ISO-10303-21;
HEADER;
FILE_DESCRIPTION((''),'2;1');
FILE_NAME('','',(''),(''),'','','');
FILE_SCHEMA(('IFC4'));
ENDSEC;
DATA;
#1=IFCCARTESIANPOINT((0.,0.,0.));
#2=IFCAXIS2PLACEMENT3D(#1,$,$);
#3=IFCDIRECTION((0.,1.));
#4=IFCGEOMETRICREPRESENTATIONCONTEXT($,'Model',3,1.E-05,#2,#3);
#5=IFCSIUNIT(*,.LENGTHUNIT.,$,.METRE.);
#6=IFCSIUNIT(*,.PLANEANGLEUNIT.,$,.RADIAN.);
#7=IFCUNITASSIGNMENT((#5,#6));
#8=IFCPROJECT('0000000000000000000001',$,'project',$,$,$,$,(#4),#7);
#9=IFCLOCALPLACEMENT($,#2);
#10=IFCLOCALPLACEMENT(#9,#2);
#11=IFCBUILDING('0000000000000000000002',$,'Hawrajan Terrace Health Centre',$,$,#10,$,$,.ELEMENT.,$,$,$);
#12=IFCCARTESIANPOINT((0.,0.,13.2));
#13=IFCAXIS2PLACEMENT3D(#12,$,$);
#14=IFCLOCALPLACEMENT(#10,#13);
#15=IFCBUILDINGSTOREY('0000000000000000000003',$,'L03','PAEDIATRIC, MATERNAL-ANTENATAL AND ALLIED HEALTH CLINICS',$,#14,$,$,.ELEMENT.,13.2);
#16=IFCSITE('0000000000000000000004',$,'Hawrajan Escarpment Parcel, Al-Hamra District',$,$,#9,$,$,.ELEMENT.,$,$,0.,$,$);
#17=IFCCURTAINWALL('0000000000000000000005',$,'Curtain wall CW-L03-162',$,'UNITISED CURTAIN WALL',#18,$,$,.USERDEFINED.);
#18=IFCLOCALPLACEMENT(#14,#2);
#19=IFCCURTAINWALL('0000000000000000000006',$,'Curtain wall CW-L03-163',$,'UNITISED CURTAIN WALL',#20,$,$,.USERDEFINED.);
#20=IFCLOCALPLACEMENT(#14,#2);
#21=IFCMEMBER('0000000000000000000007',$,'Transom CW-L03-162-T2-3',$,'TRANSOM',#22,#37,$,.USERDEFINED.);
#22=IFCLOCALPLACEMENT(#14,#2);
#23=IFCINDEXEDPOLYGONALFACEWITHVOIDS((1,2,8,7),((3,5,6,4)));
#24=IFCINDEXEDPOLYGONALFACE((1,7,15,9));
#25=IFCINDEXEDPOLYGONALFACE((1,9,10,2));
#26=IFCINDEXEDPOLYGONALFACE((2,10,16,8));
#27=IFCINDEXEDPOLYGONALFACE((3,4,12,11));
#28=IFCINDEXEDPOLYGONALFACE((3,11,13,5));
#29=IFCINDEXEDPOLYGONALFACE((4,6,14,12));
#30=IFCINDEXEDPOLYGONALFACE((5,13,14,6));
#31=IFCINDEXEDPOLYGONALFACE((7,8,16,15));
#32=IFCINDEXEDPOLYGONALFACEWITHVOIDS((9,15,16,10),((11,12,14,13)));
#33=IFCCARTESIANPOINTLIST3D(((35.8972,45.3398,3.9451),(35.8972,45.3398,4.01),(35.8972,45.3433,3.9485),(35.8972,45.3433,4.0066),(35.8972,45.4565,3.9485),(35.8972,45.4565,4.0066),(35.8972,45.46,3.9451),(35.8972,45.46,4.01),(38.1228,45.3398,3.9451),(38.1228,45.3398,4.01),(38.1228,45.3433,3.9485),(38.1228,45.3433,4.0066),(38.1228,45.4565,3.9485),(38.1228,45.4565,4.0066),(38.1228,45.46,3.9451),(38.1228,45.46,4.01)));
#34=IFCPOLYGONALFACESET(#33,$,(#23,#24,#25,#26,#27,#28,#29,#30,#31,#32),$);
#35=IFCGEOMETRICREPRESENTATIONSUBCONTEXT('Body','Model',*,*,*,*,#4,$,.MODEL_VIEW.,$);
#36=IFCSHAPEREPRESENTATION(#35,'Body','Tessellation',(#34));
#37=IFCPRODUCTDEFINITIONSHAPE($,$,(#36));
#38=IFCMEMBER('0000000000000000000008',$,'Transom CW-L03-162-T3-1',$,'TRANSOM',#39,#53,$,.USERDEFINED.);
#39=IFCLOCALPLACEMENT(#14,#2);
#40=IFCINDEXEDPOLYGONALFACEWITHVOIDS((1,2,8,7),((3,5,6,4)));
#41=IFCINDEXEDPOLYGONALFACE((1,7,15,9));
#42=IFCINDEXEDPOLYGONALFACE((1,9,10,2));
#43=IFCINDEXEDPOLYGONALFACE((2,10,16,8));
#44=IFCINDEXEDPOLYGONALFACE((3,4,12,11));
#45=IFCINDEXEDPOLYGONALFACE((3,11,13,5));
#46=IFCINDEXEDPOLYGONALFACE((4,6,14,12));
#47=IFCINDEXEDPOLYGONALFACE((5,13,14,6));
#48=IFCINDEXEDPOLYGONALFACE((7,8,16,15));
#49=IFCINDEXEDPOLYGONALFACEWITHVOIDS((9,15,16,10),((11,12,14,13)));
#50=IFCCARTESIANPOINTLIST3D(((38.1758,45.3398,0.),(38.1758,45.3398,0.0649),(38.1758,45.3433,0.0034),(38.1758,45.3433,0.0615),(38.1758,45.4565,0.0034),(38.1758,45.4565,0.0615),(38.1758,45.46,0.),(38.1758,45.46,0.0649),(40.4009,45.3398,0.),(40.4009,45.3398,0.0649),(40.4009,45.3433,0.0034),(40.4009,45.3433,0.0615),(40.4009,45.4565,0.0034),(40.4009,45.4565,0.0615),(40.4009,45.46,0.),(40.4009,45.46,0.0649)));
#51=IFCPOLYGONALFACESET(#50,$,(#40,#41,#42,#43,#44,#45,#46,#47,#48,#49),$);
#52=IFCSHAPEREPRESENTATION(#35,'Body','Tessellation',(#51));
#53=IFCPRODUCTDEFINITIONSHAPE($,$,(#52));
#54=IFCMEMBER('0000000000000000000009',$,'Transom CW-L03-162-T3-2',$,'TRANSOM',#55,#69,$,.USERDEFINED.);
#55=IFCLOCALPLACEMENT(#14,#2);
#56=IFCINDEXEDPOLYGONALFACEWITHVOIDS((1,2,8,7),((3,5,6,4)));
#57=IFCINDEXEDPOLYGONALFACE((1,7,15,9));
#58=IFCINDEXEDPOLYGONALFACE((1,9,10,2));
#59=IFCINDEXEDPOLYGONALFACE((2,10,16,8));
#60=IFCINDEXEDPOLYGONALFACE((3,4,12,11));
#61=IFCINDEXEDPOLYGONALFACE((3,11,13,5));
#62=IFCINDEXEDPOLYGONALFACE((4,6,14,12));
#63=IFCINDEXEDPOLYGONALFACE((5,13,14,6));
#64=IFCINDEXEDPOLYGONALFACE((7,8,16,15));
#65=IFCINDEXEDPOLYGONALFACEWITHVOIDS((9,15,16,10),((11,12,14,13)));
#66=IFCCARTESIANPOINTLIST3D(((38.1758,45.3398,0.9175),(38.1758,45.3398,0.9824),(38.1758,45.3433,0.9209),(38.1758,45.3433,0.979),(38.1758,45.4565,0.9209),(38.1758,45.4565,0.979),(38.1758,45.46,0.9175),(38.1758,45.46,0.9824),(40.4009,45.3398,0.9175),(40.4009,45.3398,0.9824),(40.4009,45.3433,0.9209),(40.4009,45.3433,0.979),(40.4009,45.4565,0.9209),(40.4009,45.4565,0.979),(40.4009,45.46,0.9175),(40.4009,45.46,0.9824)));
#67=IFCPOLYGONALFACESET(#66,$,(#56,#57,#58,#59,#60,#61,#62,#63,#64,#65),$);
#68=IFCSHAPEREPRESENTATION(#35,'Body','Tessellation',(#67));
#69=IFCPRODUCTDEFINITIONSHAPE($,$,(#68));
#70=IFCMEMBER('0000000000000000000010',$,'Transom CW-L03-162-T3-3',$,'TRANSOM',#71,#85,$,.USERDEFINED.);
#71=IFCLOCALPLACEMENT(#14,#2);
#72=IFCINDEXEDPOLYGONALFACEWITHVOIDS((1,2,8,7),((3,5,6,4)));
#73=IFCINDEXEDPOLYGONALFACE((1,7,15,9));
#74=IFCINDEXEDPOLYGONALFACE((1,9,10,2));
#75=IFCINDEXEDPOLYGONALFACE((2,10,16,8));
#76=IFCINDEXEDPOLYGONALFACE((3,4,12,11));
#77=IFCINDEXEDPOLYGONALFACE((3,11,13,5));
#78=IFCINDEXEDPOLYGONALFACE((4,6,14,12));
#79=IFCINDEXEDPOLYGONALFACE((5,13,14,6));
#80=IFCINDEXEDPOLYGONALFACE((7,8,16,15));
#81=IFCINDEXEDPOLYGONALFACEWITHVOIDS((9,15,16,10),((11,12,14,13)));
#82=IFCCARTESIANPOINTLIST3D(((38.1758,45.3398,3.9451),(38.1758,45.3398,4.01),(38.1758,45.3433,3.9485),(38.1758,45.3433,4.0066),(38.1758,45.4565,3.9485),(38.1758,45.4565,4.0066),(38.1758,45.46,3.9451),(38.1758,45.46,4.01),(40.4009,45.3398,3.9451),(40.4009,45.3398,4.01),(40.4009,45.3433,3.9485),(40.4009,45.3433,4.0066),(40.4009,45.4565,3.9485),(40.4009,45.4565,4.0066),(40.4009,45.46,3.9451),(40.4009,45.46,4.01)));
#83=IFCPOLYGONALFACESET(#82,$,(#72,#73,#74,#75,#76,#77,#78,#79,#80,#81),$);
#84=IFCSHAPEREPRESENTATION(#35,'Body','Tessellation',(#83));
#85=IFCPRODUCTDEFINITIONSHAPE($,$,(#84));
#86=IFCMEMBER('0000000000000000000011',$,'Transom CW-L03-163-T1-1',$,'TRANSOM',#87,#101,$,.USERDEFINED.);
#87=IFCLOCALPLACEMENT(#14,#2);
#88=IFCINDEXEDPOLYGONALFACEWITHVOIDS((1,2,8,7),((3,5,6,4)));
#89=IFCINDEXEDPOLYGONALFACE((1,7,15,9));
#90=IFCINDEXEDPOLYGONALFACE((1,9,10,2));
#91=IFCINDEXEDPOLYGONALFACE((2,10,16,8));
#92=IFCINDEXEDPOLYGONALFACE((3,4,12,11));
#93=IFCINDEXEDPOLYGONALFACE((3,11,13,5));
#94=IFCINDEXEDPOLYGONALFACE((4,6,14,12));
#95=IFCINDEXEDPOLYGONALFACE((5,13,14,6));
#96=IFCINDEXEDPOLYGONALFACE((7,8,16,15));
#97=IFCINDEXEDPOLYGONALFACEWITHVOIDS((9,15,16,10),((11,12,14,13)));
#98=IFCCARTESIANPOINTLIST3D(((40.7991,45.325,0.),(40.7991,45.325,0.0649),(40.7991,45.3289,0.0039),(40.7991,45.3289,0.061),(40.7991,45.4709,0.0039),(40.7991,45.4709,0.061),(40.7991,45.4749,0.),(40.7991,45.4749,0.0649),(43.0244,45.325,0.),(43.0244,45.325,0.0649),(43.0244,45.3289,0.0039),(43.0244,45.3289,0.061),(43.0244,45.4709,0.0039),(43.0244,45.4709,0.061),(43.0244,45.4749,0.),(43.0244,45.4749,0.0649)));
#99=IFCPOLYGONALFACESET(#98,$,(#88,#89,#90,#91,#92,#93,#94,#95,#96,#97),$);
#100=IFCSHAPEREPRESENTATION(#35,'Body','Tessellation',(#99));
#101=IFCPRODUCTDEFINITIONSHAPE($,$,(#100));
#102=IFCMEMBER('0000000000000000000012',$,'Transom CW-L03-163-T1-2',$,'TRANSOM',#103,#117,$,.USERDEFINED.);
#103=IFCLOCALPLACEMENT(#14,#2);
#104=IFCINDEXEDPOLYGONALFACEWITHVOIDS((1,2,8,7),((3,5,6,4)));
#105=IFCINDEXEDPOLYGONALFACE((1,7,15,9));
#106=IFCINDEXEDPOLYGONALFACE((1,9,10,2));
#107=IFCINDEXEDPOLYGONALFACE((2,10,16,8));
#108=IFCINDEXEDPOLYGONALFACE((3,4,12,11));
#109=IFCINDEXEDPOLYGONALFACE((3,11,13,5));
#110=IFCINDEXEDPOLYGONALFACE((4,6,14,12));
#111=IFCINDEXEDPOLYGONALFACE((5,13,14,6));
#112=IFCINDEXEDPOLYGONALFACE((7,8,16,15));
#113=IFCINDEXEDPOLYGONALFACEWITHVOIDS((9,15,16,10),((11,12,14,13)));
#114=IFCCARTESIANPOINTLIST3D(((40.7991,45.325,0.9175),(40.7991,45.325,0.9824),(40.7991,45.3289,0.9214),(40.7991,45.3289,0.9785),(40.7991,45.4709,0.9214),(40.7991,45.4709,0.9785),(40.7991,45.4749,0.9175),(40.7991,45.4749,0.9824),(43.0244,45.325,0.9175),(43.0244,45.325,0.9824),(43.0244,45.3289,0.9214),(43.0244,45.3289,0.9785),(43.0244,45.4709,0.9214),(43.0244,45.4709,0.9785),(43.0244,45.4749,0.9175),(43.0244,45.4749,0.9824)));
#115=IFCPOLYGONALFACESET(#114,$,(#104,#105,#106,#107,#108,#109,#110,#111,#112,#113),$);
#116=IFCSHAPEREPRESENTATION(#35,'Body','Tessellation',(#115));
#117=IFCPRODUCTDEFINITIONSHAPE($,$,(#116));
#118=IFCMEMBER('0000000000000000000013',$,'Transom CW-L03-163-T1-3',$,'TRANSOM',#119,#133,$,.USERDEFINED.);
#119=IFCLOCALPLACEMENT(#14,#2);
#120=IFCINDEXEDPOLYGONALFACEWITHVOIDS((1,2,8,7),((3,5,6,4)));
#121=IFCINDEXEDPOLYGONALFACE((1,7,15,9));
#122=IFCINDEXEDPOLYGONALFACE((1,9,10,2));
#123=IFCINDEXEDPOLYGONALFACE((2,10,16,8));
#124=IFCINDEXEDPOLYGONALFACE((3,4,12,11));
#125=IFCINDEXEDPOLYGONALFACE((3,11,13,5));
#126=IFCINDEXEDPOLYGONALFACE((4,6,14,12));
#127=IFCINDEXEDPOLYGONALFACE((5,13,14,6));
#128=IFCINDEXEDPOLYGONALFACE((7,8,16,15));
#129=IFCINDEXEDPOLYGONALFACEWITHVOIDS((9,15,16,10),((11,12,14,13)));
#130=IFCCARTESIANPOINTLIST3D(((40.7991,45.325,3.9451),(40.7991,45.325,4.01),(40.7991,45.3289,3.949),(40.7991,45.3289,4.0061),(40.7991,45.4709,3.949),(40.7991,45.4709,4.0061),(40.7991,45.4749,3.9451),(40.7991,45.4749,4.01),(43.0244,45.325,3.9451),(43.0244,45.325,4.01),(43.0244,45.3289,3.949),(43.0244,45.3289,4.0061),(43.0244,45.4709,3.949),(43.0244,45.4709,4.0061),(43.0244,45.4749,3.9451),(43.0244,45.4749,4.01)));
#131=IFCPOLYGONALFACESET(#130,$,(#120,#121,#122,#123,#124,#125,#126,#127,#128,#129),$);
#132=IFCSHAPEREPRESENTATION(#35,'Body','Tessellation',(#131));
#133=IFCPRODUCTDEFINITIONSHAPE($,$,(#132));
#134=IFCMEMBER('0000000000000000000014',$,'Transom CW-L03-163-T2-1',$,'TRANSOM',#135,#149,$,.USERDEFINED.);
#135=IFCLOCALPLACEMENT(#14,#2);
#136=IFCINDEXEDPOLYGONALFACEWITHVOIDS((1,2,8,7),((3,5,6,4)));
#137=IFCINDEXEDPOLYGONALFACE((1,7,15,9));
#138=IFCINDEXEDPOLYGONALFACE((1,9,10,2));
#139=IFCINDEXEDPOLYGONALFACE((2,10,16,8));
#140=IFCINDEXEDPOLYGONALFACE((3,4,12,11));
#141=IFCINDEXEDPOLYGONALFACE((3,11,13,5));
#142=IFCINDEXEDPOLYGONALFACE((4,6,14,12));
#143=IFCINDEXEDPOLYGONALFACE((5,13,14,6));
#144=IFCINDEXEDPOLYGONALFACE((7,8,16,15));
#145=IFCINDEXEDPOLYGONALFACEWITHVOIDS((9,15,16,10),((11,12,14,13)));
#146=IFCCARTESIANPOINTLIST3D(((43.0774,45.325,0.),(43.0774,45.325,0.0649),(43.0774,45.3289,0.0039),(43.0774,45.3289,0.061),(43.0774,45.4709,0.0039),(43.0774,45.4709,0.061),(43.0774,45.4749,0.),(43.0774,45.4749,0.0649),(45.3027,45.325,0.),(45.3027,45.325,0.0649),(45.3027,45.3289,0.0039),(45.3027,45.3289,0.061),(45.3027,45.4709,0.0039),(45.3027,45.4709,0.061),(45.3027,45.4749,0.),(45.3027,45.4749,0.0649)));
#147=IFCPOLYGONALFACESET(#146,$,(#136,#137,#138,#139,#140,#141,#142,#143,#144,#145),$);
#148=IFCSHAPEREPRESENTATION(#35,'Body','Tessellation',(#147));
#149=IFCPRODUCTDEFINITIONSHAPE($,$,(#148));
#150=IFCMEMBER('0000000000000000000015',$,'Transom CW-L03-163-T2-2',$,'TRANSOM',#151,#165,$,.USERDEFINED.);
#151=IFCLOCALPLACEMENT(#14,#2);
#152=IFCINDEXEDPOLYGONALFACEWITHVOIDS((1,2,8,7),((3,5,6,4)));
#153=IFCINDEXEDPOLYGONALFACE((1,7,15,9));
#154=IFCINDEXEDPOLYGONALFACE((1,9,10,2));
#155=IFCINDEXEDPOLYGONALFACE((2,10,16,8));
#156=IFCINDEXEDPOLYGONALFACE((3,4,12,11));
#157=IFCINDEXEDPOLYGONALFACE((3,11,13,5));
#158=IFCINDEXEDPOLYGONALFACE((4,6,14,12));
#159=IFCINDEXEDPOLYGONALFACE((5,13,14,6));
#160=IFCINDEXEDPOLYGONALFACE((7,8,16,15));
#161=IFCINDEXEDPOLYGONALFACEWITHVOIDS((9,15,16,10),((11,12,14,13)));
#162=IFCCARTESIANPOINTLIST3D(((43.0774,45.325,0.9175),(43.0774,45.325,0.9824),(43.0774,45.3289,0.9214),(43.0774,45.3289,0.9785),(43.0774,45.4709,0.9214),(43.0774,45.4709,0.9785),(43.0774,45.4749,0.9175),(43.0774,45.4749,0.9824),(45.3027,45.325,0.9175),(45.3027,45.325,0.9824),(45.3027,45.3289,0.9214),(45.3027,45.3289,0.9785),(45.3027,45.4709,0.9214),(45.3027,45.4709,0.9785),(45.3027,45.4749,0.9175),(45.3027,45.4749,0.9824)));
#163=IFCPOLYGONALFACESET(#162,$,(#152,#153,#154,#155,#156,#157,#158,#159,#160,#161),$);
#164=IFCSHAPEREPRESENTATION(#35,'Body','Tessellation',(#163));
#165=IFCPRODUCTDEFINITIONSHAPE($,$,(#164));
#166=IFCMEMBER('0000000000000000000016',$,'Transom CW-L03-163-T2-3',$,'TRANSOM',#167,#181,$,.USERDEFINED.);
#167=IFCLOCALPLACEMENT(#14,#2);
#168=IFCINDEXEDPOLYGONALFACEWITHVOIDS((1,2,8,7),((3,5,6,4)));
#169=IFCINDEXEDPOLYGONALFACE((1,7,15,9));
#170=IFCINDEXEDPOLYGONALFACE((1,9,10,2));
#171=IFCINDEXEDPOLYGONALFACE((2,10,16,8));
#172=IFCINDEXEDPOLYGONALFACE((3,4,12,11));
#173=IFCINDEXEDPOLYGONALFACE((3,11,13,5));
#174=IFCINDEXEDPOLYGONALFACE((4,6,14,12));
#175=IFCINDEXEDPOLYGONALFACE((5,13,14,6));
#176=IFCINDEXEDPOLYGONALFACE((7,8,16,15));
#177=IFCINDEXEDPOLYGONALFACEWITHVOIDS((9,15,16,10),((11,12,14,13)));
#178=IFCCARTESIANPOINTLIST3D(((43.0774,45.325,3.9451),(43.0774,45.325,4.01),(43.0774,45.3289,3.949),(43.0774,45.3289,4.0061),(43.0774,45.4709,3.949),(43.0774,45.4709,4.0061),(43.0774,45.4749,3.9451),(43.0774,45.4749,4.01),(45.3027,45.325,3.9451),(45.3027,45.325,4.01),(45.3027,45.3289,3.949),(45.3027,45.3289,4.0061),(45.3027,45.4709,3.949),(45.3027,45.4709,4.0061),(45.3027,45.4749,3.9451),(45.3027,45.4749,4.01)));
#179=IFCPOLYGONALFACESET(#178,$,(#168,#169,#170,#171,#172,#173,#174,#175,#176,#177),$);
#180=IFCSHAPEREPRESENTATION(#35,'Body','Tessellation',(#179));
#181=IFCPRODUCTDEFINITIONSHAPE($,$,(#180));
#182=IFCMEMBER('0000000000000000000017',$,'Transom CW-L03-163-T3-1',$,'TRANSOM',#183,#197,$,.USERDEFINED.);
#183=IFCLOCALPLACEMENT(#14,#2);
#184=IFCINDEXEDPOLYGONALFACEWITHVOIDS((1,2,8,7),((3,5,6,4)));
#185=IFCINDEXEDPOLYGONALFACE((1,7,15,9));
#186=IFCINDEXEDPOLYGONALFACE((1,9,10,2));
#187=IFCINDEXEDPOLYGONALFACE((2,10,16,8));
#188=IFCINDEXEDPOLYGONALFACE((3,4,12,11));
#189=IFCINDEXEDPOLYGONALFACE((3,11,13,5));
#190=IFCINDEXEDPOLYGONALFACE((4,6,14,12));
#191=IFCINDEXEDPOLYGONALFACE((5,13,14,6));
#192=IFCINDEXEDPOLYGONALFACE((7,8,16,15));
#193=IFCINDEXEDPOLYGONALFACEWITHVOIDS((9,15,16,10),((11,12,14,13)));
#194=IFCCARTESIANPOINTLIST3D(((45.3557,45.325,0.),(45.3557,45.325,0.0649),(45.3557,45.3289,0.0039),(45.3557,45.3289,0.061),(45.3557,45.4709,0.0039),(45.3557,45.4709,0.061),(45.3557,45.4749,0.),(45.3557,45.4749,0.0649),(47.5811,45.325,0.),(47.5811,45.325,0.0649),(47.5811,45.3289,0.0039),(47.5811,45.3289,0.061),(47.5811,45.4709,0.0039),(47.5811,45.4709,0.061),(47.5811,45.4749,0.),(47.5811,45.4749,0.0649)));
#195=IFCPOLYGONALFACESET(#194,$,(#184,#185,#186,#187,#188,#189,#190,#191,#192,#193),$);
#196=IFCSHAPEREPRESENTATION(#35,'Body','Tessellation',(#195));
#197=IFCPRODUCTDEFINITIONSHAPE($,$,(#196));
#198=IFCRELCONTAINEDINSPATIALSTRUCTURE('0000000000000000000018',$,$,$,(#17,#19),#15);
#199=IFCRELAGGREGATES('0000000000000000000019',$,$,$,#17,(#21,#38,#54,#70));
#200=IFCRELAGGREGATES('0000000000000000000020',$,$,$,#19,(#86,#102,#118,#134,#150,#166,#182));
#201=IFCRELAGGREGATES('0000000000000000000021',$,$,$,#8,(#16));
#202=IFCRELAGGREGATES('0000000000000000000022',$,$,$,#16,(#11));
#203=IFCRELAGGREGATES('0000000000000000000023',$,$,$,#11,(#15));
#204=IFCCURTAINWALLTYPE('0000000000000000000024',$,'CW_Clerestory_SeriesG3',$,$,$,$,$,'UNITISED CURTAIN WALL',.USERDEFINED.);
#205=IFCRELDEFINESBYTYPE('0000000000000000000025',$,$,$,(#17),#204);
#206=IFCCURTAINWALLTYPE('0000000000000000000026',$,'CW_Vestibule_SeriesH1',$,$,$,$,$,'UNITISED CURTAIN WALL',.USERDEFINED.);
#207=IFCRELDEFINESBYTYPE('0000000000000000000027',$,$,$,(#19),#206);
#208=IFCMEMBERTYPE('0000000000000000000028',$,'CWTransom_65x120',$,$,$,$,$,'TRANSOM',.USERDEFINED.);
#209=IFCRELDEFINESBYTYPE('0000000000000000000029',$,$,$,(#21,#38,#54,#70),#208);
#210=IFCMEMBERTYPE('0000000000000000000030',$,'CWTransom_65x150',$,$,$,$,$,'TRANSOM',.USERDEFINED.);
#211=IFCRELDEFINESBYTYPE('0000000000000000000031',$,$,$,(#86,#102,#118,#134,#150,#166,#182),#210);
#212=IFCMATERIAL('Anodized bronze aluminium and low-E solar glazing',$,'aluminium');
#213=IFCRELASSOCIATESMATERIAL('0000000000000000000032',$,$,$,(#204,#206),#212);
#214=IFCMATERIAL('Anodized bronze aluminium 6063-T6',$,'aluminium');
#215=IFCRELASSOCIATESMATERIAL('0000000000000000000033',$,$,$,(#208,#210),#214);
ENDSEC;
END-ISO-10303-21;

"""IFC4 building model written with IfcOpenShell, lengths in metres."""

from ifc_helpers import new_model, si_unit, direction, frame, origin, origin_2d, place, context, subcontext, project, spatial, hollow_rectangle, extrude, material, material_profile, profile_set, type_object, element, aggregate, save


model = new_model("IFC4")

# Units and contexts
model_context = context("Model", 3, precision=1e-05, world=origin(), true_north=direction((0.0, 1.0)))
body_context = subcontext(model_context, "Body", "Model", "MODEL_VIEW")
ifc_project = project(units=[si_unit("LENGTHUNIT", "METRE"), si_unit("PLANEANGLEUNIT", "RADIAN")], contexts=[model_context])

# Site, building, storey
site_placement = place(None, origin())
site = spatial("IfcSite", under=ifc_project, at=site_placement, Name="Hawrajan Escarpment Parcel, Al-Hamra District", CompositionType="ELEMENT", RefElevation=0.0)
building_placement = place(site_placement, origin())
building = spatial("IfcBuilding", under=site, at=building_placement, Name="Hawrajan Terrace Health Centre", CompositionType="ELEMENT")
storey_placement = place(building_placement, frame((0.0, 0.0, 13.2)))
storey = spatial("IfcBuildingStorey", under=building, at=storey_placement, Name="L03", Description="PAEDIATRIC, MATERNAL-ANTENATAL AND ALLIED HEALTH CLINICS", CompositionType="ELEMENT", Elevation=13.2)

# Curtain wall
ifc_material_1 = material(Name="Anodized bronze aluminium and low-E solar glazing", Category="aluminium")
curtain_wall_type_1 = type_object("IfcCurtainWallType", Name="CW_Clerestory_SeriesG3", ElementType="UNITISED CURTAIN WALL", PredefinedType="USERDEFINED", material=ifc_material_1)
curtain_wall_1_placement = place(storey_placement, origin())
curtain_wall_1 = element("IfcCurtainWall", 1, at=curtain_wall_1_placement, inside=storey, type_object=curtain_wall_type_1, Name="Curtain wall CW-L03-162", ObjectType="UNITISED CURTAIN WALL", PredefinedType="USERDEFINED")
ifc_material_2 = material(Name="Anodized bronze aluminium 6063-T6", Category="aluminium")

# Curtain wall
curtain_wall_type_2 = type_object("IfcCurtainWallType", Name="CW_Vestibule_SeriesH1", ElementType="UNITISED CURTAIN WALL", PredefinedType="USERDEFINED", material=ifc_material_1)
curtain_wall_2_placement = place(storey_placement, origin())
curtain_wall_2 = element("IfcCurtainWall", 2, at=curtain_wall_2_placement, inside=storey, type_object=curtain_wall_type_2, Name="Curtain wall CW-L03-163", ObjectType="UNITISED CURTAIN WALL", PredefinedType="USERDEFINED")

# Members
ifc_material_profile_1 = material_profile(ifc_material_2, hollow_rectangle(XDim=0.0649, YDim=0.1201, WallThickness=0.0034, at=origin_2d()), Name="CW TRN 65x120")
ifc_profile_set_1 = profile_set([ifc_material_profile_1], Name="Anodized bronze aluminium 6063-T6")
member_type_1 = type_object("IfcMemberType", Name="CWTransom_65x120", ElementType="TRANSOM", PredefinedType="USERDEFINED", material=ifc_profile_set_1)
member_1_placement = place(storey_placement, frame((35.8972, 45.3999, 3.9775), z_axis=(1.0, 0.0, 0.0), x_axis=(0.0, 0.0, 1.0)))
member_1 = element("IfcMember", 3, at=member_1_placement, type_object=member_type_1, Name="Transom CW-L03-162-T2-3", ObjectType="TRANSOM", PredefinedType="USERDEFINED", context=body_context, shape_type="SweptSolid", body=[
    extrude(hollow_rectangle(XDim=0.0649, YDim=0.1201, WallThickness=0.0034, at=origin_2d()), origin(), (0.0, 0.0, 1.0), 2.2256),
])
member_2_placement = place(storey_placement, frame((38.1758, 45.3999, 0.0325), z_axis=(1.0, 0.0, 0.0), x_axis=(0.0, 0.0, 1.0)))
member_2 = element("IfcMember", 4, at=member_2_placement, type_object=member_type_1, Name="Transom CW-L03-162-T3-1", ObjectType="TRANSOM", PredefinedType="USERDEFINED", context=body_context, shape_type="SweptSolid", body=[
    extrude(hollow_rectangle(XDim=0.0649, YDim=0.1201, WallThickness=0.0034, at=origin_2d()), origin(), (0.0, 0.0, 1.0), 2.2251),
])
member_3_placement = place(storey_placement, frame((38.1758, 45.3999, 0.95), z_axis=(1.0, 0.0, 0.0), x_axis=(0.0, 0.0, 1.0)))
member_3 = element("IfcMember", 5, at=member_3_placement, type_object=member_type_1, Name="Transom CW-L03-162-T3-2", ObjectType="TRANSOM", PredefinedType="USERDEFINED", context=body_context, shape_type="SweptSolid", body=[
    extrude(hollow_rectangle(XDim=0.0649, YDim=0.1201, WallThickness=0.0034, at=origin_2d()), origin(), (0.0, 0.0, 1.0), 2.2251),
])
member_4_placement = place(storey_placement, frame((38.1758, 45.3999, 3.9775), z_axis=(1.0, 0.0, 0.0), x_axis=(0.0, 0.0, 1.0)))
member_4 = element("IfcMember", 6, at=member_4_placement, type_object=member_type_1, Name="Transom CW-L03-162-T3-3", ObjectType="TRANSOM", PredefinedType="USERDEFINED", context=body_context, shape_type="SweptSolid", body=[
    extrude(hollow_rectangle(XDim=0.0649, YDim=0.1201, WallThickness=0.0034, at=origin_2d()), origin(), (0.0, 0.0, 1.0), 2.2251),
])
ifc_material_profile_2 = material_profile(ifc_material_2, hollow_rectangle(XDim=0.0649, YDim=0.1499, WallThickness=0.0039, at=origin_2d()), Name="CW TRN 65x150")
ifc_profile_set_2 = profile_set([ifc_material_profile_2], Name="Anodized bronze aluminium 6063-T6")
member_type_2 = type_object("IfcMemberType", Name="CWTransom_65x150", ElementType="TRANSOM", PredefinedType="USERDEFINED", material=ifc_profile_set_2)
member_5_placement = place(storey_placement, frame((40.7991, 45.3999, 0.0325), z_axis=(1.0, 0.0, 0.0), x_axis=(0.0, 0.0, 1.0)))
member_5 = element("IfcMember", 7, at=member_5_placement, type_object=member_type_2, Name="Transom CW-L03-163-T1-1", ObjectType="TRANSOM", PredefinedType="USERDEFINED", context=body_context, shape_type="SweptSolid", body=[
    extrude(hollow_rectangle(XDim=0.0649, YDim=0.1499, WallThickness=0.0039, at=origin_2d()), origin(), (0.0, 0.0, 1.0), 2.2253),
])
member_6_placement = place(storey_placement, frame((40.7991, 45.3999, 0.95), z_axis=(1.0, 0.0, 0.0), x_axis=(0.0, 0.0, 1.0)))
member_6 = element("IfcMember", 8, at=member_6_placement, type_object=member_type_2, Name="Transom CW-L03-163-T1-2", ObjectType="TRANSOM", PredefinedType="USERDEFINED", context=body_context, shape_type="SweptSolid", body=[
    extrude(hollow_rectangle(XDim=0.0649, YDim=0.1499, WallThickness=0.0039, at=origin_2d()), origin(), (0.0, 0.0, 1.0), 2.2253),
])
member_7_placement = place(storey_placement, frame((40.7991, 45.3999, 3.9775), z_axis=(1.0, 0.0, 0.0), x_axis=(0.0, 0.0, 1.0)))
member_7 = element("IfcMember", 9, at=member_7_placement, type_object=member_type_2, Name="Transom CW-L03-163-T1-3", ObjectType="TRANSOM", PredefinedType="USERDEFINED", context=body_context, shape_type="SweptSolid", body=[
    extrude(hollow_rectangle(XDim=0.0649, YDim=0.1499, WallThickness=0.0039, at=origin_2d()), origin(), (0.0, 0.0, 1.0), 2.2253),
])
member_8_placement = place(storey_placement, frame((43.0774, 45.3999, 0.0325), z_axis=(1.0, 0.0, 0.0), x_axis=(0.0, 0.0, 1.0)))
member_8 = element("IfcMember", 10, at=member_8_placement, type_object=member_type_2, Name="Transom CW-L03-163-T2-1", ObjectType="TRANSOM", PredefinedType="USERDEFINED", context=body_context, shape_type="SweptSolid", body=[
    extrude(hollow_rectangle(XDim=0.0649, YDim=0.1499, WallThickness=0.0039, at=origin_2d()), origin(), (0.0, 0.0, 1.0), 2.2253),
])
member_9_placement = place(storey_placement, frame((43.0774, 45.3999, 0.95), z_axis=(1.0, 0.0, 0.0), x_axis=(0.0, 0.0, 1.0)))
member_9 = element("IfcMember", 11, at=member_9_placement, type_object=member_type_2, Name="Transom CW-L03-163-T2-2", ObjectType="TRANSOM", PredefinedType="USERDEFINED", context=body_context, shape_type="SweptSolid", body=[
    extrude(hollow_rectangle(XDim=0.0649, YDim=0.1499, WallThickness=0.0039, at=origin_2d()), origin(), (0.0, 0.0, 1.0), 2.2253),
])
member_10_placement = place(storey_placement, frame((43.0774, 45.3999, 3.9775), z_axis=(1.0, 0.0, 0.0), x_axis=(0.0, 0.0, 1.0)))
member_10 = element("IfcMember", 12, at=member_10_placement, type_object=member_type_2, Name="Transom CW-L03-163-T2-3", ObjectType="TRANSOM", PredefinedType="USERDEFINED", context=body_context, shape_type="SweptSolid", body=[
    extrude(hollow_rectangle(XDim=0.0649, YDim=0.1499, WallThickness=0.0039, at=origin_2d()), origin(), (0.0, 0.0, 1.0), 2.2253),
])
member_11_placement = place(storey_placement, frame((45.3557, 45.3999, 0.0325), z_axis=(1.0, 0.0, 0.0), x_axis=(0.0, 0.0, 1.0)))
member_11 = element("IfcMember", 13, at=member_11_placement, type_object=member_type_2, Name="Transom CW-L03-163-T3-1", ObjectType="TRANSOM", PredefinedType="USERDEFINED", context=body_context, shape_type="SweptSolid", body=[
    extrude(hollow_rectangle(XDim=0.0649, YDim=0.1499, WallThickness=0.0039, at=origin_2d()), origin(), (0.0, 0.0, 1.0), 2.2253),
])

aggregate(curtain_wall_1, [member_1, member_2, member_3, member_4])
aggregate(curtain_wall_2, [member_5, member_6, member_7, member_8, member_9, member_10, member_11])

save(model, "model.ifc")
